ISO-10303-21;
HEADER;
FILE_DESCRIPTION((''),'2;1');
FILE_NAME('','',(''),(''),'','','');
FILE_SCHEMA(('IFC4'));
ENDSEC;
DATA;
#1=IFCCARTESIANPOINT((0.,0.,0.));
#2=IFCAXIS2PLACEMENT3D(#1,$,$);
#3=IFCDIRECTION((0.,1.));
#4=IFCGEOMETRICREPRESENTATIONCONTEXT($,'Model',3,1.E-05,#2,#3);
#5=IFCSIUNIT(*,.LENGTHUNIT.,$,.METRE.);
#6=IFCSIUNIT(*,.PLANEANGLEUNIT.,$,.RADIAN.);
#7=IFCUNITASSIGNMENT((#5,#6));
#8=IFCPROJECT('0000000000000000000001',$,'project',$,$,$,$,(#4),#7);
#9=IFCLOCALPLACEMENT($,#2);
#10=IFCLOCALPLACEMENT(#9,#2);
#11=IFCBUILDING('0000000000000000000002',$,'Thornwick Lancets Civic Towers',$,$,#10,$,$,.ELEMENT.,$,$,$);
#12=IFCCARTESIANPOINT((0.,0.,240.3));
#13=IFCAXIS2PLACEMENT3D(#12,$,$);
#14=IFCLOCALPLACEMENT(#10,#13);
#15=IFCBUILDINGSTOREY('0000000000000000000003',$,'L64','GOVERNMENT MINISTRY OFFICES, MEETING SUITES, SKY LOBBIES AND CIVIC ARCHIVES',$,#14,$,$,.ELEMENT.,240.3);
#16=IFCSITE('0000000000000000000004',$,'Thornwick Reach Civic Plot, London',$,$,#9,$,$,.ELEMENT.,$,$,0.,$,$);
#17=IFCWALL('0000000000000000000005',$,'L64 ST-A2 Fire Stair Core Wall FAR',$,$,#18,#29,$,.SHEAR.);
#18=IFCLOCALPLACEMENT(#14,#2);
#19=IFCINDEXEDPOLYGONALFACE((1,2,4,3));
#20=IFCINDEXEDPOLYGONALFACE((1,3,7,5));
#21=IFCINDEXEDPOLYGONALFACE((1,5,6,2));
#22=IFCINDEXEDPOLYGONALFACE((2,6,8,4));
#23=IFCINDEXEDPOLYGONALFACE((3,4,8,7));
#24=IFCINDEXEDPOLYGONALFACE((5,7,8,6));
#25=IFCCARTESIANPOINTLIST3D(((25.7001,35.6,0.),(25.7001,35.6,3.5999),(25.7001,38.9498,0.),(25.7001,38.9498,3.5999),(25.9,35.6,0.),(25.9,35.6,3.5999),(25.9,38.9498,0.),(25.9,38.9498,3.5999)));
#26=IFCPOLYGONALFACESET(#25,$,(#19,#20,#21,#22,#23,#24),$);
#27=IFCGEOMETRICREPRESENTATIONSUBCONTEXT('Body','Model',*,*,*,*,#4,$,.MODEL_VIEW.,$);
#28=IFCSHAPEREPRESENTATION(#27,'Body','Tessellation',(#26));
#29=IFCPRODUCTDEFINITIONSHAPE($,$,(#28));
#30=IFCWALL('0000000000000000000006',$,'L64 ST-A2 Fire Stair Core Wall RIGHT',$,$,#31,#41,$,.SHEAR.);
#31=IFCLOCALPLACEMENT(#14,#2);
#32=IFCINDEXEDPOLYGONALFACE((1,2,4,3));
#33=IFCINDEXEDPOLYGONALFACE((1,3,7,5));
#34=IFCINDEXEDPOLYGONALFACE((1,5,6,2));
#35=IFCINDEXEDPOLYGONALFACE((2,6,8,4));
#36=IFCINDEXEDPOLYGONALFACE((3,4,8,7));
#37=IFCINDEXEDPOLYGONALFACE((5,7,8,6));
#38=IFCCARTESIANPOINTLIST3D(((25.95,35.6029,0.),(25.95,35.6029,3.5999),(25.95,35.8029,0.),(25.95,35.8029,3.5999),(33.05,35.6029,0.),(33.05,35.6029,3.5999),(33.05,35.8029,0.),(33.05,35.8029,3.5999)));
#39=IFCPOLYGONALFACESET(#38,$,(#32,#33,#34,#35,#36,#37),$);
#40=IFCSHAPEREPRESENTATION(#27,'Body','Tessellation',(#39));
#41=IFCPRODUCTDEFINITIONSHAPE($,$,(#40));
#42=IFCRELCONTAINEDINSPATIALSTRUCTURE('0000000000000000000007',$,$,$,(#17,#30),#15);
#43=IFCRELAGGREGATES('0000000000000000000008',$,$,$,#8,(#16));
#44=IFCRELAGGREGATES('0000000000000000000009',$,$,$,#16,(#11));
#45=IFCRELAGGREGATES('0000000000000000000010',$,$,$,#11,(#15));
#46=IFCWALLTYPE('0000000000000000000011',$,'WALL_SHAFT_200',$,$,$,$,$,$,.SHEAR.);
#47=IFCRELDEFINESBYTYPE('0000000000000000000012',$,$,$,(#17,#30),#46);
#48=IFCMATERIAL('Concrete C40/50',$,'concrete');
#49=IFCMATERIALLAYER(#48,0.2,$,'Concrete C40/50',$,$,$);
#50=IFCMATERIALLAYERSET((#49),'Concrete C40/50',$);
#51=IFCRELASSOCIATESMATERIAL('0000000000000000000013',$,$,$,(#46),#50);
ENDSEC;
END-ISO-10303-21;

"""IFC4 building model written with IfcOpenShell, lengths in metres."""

from ifc_helpers import new_model, si_unit, direction, frame, frame_2d, origin, place, context, subcontext, project, spatial, rectangle, extrude, material, layer, layer_set, type_object, element, save


model = new_model("IFC4")

# Units and contexts
model_context = context("Model", 3, precision=1e-05, world=origin(), true_north=direction((0.0, 1.0)))
body_context = subcontext(model_context, "Body", "Model", "MODEL_VIEW")
ifc_project = project(units=[si_unit("LENGTHUNIT", "METRE"), si_unit("PLANEANGLEUNIT", "RADIAN")], contexts=[model_context])

# Site, building, storey
site_placement = place(None, origin())
site = spatial("IfcSite", under=ifc_project, at=site_placement, Name="Thornwick Reach Civic Plot, London", CompositionType="ELEMENT", RefElevation=0.0)
building_placement = place(site_placement, origin())
building = spatial("IfcBuilding", under=site, at=building_placement, Name="Thornwick Lancets Civic Towers", CompositionType="ELEMENT")
storey_placement = place(building_placement, frame((0.0, 0.0, 240.3)))
storey = spatial("IfcBuildingStorey", under=building, at=storey_placement, Name="L64", Description="GOVERNMENT MINISTRY OFFICES, MEETING SUITES, SKY LOBBIES AND CIVIC ARCHIVES", CompositionType="ELEMENT", Elevation=240.3)

# Walls
ifc_material_1 = material(Name="Concrete C40/50", Category="concrete")
ifc_layer_1 = layer(ifc_material_1, 0.2, Name="Concrete C40/50")
ifc_layer_set_1 = layer_set([ifc_layer_1], Name="Concrete C40/50")
wall_type_1 = type_object("IfcWallType", Name="WALL_SHAFT_200", PredefinedType="SHEAR", material=ifc_layer_set_1)
wall_1_placement = place(storey_placement, frame((25.8, 35.6001, 0.0), z_axis=(0.0, 0.0, 1.0), x_axis=(0.0, 1.0, 0.0)))
element("IfcWall", 1, at=wall_1_placement, inside=storey, type_object=wall_type_1, Name="L64 ST-A2 Fire Stair Core Wall FAR", PredefinedType="SHEAR", context=body_context, shape_type="SweptSolid", body=[
    extrude(rectangle(XDim=3.3499, YDim=0.2, at=frame_2d((1.6748, 0.0))), origin(), (0.0, 0.0, 1.0), 3.5999),
])
wall_2_placement = place(storey_placement, frame((25.95, 35.7029, 0.0), z_axis=(0.0, 0.0, 1.0), x_axis=(1.0, 0.0, 0.0)))
element("IfcWall", 2, at=wall_2_placement, inside=storey, type_object=wall_type_1, Name="L64 ST-A2 Fire Stair Core Wall RIGHT", PredefinedType="SHEAR", context=body_context, shape_type="SweptSolid", body=[
    extrude(rectangle(XDim=7.1001, YDim=0.2, at=frame_2d((3.55, 0.0))), origin(), (0.0, 0.0, 1.0), 3.5999),
])

save(model, "model.ifc")
